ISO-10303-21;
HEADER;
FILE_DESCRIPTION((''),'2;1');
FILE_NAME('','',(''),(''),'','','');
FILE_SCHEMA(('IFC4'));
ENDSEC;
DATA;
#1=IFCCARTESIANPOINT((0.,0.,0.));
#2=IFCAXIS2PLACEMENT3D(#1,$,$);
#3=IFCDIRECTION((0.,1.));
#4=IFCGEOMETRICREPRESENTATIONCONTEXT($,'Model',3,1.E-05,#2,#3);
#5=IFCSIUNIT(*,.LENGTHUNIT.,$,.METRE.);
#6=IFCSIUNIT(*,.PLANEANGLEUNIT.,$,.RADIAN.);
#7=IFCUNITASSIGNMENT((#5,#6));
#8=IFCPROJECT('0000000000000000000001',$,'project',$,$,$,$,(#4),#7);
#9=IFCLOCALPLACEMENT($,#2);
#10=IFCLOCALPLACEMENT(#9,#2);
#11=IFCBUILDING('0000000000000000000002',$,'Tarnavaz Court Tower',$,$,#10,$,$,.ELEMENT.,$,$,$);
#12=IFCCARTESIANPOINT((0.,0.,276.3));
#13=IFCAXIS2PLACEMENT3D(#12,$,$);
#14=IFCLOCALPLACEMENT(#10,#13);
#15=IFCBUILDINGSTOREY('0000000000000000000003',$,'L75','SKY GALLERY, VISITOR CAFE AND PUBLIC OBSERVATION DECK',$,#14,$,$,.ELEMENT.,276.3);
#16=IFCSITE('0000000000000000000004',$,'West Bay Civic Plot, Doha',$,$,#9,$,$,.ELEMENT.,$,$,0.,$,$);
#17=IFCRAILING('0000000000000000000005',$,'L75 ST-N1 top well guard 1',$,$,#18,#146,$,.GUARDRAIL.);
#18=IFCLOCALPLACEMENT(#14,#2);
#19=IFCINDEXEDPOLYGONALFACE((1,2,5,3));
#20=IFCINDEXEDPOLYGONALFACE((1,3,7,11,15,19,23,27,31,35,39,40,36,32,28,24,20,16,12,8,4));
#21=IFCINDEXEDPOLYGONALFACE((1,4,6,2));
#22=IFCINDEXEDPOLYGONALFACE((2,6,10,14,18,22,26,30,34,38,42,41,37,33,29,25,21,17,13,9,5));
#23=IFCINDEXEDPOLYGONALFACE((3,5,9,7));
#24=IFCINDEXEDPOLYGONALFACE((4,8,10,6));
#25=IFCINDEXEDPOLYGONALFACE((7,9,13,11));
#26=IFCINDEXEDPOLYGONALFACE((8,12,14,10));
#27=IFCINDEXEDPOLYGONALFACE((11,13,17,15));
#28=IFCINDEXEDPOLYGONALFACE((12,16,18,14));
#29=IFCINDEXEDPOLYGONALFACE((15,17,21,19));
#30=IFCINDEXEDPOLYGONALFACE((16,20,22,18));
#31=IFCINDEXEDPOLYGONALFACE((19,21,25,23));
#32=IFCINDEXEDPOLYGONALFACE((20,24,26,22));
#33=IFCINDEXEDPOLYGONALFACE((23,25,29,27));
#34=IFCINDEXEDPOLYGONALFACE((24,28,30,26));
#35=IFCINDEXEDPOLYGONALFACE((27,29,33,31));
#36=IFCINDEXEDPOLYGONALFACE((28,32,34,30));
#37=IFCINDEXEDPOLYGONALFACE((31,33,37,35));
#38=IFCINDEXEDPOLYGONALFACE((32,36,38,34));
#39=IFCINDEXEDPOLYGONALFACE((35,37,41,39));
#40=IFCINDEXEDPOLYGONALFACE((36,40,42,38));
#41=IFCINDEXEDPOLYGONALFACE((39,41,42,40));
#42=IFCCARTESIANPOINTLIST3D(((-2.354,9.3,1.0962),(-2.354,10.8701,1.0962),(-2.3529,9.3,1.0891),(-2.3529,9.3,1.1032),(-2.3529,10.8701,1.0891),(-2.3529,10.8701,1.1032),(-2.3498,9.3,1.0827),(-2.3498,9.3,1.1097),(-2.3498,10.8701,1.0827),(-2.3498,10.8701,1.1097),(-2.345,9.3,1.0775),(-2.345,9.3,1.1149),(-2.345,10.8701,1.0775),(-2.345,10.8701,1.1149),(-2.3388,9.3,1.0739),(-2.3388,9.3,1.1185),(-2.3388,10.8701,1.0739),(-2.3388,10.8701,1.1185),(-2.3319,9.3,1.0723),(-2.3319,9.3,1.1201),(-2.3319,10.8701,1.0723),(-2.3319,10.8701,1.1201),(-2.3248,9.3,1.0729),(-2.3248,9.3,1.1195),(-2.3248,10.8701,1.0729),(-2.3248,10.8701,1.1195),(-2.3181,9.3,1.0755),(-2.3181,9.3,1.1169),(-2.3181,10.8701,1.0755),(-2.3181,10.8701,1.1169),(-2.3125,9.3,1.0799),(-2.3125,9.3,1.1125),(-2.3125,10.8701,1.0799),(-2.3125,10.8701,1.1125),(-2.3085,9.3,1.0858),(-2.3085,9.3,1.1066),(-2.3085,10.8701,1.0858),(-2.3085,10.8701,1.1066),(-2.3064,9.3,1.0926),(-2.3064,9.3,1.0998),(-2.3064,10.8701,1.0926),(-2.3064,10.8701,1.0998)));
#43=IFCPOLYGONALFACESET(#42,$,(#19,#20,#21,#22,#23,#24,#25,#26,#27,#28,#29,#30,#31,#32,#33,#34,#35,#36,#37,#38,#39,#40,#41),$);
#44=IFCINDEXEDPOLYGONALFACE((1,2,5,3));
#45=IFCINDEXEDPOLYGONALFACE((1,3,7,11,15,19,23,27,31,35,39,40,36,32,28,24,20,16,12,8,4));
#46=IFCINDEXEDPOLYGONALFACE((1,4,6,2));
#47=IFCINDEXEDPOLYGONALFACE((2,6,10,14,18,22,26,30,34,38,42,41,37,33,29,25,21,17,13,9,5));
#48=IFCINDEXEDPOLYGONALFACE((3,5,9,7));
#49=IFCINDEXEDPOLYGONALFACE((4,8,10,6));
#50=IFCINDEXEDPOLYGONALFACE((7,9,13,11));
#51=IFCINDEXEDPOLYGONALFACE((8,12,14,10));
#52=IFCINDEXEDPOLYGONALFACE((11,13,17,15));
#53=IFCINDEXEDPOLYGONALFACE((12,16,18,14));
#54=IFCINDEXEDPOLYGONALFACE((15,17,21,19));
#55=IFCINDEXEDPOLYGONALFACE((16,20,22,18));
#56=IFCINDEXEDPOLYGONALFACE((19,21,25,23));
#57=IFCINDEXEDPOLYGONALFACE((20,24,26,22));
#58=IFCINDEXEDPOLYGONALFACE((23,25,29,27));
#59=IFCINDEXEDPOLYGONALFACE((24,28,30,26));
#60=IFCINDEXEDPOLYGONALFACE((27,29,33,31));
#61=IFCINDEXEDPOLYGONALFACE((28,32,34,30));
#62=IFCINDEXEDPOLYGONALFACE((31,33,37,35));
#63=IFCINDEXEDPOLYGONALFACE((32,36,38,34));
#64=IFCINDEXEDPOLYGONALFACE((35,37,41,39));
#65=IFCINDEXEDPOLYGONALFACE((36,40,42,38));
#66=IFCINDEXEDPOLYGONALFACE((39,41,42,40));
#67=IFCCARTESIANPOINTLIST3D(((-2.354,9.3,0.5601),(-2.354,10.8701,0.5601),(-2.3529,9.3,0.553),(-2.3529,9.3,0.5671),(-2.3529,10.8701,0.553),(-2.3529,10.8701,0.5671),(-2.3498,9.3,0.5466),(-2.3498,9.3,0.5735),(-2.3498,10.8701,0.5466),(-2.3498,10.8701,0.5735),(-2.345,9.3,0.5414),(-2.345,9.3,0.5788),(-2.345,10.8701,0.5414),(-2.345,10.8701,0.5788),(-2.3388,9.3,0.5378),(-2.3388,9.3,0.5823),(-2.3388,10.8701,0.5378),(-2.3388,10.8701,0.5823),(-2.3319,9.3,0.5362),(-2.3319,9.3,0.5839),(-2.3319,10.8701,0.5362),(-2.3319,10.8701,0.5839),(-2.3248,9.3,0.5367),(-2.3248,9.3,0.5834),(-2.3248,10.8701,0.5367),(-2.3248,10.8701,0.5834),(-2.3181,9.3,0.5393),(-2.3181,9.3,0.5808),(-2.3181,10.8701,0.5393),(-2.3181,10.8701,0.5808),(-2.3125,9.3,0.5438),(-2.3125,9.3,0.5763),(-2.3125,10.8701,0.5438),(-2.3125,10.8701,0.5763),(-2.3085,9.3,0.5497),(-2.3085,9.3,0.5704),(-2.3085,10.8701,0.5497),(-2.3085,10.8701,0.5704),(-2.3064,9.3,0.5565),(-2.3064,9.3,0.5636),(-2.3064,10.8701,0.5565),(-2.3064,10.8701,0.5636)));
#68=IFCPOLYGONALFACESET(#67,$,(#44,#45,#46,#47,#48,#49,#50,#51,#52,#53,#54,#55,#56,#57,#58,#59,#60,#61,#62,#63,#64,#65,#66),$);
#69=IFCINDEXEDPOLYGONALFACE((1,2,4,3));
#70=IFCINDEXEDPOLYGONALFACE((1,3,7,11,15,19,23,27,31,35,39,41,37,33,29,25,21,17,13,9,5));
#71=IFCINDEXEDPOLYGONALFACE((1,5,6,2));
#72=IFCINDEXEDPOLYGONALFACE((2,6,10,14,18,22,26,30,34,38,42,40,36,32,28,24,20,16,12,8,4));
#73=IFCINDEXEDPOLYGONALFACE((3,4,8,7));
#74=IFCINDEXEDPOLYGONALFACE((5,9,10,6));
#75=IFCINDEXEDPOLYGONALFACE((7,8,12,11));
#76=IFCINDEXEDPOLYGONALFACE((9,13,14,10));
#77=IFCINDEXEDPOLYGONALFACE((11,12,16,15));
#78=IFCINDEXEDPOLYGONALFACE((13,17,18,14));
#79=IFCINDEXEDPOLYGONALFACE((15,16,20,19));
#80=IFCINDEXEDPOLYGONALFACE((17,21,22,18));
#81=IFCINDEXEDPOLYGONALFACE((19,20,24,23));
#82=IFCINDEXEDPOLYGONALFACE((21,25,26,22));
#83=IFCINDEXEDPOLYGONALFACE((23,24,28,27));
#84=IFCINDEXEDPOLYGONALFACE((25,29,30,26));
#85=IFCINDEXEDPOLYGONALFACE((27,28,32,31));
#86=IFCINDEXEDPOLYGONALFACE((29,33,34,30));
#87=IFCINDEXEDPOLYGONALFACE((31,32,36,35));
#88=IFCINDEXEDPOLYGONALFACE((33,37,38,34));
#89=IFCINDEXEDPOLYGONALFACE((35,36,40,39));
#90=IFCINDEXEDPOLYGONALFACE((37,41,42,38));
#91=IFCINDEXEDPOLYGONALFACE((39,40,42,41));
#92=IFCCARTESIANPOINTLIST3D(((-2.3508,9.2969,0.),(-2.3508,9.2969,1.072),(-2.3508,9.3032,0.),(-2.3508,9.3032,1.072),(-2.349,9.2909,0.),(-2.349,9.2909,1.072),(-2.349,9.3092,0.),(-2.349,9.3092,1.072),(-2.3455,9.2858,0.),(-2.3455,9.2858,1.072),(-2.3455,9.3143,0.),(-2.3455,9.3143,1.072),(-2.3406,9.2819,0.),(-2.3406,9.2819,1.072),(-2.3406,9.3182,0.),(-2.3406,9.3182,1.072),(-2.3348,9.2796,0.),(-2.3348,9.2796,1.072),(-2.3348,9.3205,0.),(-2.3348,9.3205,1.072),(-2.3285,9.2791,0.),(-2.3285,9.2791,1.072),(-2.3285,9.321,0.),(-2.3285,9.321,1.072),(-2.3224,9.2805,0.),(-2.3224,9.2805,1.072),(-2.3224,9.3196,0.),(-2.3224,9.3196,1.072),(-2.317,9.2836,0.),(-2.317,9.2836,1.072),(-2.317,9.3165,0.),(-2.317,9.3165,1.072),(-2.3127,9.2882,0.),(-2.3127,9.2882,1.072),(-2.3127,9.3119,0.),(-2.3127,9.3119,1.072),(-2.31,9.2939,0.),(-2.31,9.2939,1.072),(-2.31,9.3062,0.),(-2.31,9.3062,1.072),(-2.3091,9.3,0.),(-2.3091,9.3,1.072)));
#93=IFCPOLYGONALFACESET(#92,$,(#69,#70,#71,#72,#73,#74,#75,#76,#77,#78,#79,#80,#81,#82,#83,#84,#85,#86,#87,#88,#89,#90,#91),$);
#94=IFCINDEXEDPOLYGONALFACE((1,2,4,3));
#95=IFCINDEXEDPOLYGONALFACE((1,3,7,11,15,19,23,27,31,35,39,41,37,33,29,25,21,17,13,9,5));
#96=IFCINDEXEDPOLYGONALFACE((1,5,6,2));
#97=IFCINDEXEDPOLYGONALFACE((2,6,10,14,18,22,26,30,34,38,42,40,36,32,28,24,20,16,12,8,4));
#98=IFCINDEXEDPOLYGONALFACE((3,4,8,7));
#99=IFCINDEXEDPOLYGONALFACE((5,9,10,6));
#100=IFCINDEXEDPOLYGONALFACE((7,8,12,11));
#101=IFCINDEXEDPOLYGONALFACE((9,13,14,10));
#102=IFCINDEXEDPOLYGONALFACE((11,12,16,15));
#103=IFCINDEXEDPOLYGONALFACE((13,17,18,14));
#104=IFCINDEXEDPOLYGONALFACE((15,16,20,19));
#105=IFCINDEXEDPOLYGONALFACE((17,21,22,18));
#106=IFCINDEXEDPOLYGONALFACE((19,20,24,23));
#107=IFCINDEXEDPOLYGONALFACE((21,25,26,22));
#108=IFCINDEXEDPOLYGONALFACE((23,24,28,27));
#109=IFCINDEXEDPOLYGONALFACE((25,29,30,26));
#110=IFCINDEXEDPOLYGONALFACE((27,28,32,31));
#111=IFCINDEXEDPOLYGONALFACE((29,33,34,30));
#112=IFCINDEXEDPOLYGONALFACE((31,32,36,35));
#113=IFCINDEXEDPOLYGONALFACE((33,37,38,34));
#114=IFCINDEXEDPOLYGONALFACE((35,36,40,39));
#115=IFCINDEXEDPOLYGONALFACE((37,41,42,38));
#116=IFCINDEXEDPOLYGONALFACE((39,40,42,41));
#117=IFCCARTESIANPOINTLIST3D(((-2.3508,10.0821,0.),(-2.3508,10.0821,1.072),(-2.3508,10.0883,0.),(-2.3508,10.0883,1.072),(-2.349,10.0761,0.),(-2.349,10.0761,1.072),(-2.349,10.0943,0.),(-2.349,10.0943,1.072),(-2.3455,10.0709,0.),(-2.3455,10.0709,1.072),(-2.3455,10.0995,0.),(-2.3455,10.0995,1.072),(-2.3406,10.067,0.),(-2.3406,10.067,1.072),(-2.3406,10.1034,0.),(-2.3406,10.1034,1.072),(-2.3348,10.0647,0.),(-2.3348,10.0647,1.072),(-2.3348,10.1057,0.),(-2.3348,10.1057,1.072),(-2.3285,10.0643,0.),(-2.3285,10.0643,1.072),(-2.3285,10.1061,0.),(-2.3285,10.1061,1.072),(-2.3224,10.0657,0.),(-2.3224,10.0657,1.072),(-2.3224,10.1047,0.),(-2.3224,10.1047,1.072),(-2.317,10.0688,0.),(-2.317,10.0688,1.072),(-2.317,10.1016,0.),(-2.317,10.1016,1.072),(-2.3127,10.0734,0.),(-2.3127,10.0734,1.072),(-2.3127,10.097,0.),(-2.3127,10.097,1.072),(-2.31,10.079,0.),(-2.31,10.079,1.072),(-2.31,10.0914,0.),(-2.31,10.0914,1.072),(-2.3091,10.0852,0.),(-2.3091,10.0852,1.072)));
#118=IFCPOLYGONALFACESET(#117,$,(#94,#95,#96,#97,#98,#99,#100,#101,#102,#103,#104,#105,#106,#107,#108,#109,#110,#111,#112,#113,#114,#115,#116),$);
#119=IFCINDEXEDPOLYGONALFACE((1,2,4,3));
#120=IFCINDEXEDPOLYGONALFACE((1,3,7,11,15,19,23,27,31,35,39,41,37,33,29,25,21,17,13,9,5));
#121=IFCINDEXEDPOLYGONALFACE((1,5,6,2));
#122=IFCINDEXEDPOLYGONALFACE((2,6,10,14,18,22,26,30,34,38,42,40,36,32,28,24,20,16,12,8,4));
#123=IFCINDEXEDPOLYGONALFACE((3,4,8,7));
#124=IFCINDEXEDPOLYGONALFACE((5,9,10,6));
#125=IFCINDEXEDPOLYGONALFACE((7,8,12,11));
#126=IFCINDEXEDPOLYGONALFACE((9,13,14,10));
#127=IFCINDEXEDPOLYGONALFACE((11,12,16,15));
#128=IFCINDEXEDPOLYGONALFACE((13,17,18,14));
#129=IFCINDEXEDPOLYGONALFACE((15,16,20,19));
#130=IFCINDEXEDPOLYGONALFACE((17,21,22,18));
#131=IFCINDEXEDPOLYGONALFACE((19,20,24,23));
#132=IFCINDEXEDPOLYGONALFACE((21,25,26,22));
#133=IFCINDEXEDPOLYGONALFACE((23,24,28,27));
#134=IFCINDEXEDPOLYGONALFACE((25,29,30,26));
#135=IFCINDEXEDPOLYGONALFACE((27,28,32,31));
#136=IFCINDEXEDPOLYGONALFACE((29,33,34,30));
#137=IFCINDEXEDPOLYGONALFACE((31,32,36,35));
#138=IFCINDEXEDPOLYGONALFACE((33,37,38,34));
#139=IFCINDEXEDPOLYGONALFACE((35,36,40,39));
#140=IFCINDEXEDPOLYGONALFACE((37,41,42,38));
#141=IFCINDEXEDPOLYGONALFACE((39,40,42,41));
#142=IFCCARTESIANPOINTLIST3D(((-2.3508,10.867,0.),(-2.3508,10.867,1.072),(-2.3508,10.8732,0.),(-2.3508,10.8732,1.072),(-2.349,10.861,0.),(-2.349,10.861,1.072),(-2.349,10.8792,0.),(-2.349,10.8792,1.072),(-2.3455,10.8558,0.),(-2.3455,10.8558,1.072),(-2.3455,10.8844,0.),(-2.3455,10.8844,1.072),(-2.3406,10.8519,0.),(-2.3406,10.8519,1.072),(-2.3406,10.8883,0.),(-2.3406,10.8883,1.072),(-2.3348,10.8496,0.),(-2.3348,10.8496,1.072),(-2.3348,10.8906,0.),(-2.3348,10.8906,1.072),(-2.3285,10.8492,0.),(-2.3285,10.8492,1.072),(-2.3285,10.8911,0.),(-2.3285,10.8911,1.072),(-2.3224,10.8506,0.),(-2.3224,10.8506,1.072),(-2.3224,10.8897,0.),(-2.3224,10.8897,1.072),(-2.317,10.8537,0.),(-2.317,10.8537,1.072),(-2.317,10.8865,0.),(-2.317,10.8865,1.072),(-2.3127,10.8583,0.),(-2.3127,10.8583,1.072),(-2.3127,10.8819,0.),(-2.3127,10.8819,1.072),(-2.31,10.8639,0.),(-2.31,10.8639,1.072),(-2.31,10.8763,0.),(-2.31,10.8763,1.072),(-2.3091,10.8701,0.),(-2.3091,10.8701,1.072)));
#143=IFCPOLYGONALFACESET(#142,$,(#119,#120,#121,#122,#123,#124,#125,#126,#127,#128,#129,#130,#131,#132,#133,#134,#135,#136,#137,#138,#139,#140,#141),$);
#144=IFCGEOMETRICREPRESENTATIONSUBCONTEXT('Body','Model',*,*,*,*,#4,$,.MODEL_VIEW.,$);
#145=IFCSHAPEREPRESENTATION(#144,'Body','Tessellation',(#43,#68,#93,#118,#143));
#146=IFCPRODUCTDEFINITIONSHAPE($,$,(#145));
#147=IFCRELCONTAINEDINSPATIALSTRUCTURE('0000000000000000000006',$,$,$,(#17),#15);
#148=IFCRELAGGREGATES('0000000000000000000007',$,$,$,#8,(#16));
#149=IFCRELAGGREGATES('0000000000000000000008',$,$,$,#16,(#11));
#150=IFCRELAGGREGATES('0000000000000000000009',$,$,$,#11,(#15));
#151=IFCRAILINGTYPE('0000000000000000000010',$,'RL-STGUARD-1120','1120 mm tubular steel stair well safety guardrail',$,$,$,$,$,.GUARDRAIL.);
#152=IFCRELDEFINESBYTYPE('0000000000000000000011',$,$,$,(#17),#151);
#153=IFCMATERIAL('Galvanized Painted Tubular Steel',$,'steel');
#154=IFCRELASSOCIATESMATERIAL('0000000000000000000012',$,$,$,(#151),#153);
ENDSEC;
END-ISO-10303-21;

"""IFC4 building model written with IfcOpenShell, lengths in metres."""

from ifc_helpers import new_model, si_unit, direction, frame, origin, origin_2d, place, context, subcontext, project, spatial, circle, extrude, material, type_object, element, save


model = new_model("IFC4")

# Units and contexts
model_context = context("Model", 3, precision=1e-05, world=origin(), true_north=direction((0.0, 1.0)))
body_context = subcontext(model_context, "Body", "Model", "MODEL_VIEW")
ifc_project = project(units=[si_unit("LENGTHUNIT", "METRE"), si_unit("PLANEANGLEUNIT", "RADIAN")], contexts=[model_context])

# Site, building, storey
site_placement = place(None, origin())
site = spatial("IfcSite", under=ifc_project, at=site_placement, Name="West Bay Civic Plot, Doha", CompositionType="ELEMENT", RefElevation=0.0)
building_placement = place(site_placement, origin())
building = spatial("IfcBuilding", under=site, at=building_placement, Name="Tarnavaz Court Tower", CompositionType="ELEMENT")
storey_placement = place(building_placement, frame((0.0, 0.0, 276.3)))
storey = spatial("IfcBuildingStorey", under=building, at=storey_placement, Name="L75", Description="SKY GALLERY, VISITOR CAFE AND PUBLIC OBSERVATION DECK", CompositionType="ELEMENT", Elevation=276.3)

# Railing
ifc_material_1 = material(Name="Galvanized Painted Tubular Steel", Category="steel")
railing_type_1 = type_object("IfcRailingType", Name="RL-STGUARD-1120", Description="1120 mm tubular steel stair well safety guardrail", PredefinedType="GUARDRAIL", material=ifc_material_1)
railing_1_placement = place(storey_placement, frame((-2.3301, 9.3, 0.0)))
element("IfcRailing", 1, at=railing_1_placement, inside=storey, type_object=railing_type_1, Name="L75 ST-N1 top well guard 1", PredefinedType="GUARDRAIL", context=body_context, shape_type="SweptSolid", body=[
    extrude(circle(Radius=0.0239, at=origin_2d()), frame((0.0, 0.0, 1.0962), z_axis=(0.0, 1.0, 0.0), x_axis=(-1.0, 0.0, 0.0)), (0.0, 0.0, 1.0), 1.5701),
    extrude(circle(Radius=0.0239, at=origin_2d()), frame((0.0, 0.0, 0.5601), z_axis=(0.0, 1.0, 0.0), x_axis=(-1.0, 0.0, 0.0)), (0.0, 0.0, 1.0), 1.5701),
    extrude(circle(Radius=0.021, at=origin_2d()), origin(), (0.0, 0.0, 1.0), 1.072),
    extrude(circle(Radius=0.021, at=origin_2d()), frame((0.0, 0.7852, 0.0)), (0.0, 0.0, 1.0), 1.072),
    extrude(circle(Radius=0.021, at=origin_2d()), frame((0.0, 1.5701, 0.0)), (0.0, 0.0, 1.0), 1.072),
])

save(model, "model.ifc")
